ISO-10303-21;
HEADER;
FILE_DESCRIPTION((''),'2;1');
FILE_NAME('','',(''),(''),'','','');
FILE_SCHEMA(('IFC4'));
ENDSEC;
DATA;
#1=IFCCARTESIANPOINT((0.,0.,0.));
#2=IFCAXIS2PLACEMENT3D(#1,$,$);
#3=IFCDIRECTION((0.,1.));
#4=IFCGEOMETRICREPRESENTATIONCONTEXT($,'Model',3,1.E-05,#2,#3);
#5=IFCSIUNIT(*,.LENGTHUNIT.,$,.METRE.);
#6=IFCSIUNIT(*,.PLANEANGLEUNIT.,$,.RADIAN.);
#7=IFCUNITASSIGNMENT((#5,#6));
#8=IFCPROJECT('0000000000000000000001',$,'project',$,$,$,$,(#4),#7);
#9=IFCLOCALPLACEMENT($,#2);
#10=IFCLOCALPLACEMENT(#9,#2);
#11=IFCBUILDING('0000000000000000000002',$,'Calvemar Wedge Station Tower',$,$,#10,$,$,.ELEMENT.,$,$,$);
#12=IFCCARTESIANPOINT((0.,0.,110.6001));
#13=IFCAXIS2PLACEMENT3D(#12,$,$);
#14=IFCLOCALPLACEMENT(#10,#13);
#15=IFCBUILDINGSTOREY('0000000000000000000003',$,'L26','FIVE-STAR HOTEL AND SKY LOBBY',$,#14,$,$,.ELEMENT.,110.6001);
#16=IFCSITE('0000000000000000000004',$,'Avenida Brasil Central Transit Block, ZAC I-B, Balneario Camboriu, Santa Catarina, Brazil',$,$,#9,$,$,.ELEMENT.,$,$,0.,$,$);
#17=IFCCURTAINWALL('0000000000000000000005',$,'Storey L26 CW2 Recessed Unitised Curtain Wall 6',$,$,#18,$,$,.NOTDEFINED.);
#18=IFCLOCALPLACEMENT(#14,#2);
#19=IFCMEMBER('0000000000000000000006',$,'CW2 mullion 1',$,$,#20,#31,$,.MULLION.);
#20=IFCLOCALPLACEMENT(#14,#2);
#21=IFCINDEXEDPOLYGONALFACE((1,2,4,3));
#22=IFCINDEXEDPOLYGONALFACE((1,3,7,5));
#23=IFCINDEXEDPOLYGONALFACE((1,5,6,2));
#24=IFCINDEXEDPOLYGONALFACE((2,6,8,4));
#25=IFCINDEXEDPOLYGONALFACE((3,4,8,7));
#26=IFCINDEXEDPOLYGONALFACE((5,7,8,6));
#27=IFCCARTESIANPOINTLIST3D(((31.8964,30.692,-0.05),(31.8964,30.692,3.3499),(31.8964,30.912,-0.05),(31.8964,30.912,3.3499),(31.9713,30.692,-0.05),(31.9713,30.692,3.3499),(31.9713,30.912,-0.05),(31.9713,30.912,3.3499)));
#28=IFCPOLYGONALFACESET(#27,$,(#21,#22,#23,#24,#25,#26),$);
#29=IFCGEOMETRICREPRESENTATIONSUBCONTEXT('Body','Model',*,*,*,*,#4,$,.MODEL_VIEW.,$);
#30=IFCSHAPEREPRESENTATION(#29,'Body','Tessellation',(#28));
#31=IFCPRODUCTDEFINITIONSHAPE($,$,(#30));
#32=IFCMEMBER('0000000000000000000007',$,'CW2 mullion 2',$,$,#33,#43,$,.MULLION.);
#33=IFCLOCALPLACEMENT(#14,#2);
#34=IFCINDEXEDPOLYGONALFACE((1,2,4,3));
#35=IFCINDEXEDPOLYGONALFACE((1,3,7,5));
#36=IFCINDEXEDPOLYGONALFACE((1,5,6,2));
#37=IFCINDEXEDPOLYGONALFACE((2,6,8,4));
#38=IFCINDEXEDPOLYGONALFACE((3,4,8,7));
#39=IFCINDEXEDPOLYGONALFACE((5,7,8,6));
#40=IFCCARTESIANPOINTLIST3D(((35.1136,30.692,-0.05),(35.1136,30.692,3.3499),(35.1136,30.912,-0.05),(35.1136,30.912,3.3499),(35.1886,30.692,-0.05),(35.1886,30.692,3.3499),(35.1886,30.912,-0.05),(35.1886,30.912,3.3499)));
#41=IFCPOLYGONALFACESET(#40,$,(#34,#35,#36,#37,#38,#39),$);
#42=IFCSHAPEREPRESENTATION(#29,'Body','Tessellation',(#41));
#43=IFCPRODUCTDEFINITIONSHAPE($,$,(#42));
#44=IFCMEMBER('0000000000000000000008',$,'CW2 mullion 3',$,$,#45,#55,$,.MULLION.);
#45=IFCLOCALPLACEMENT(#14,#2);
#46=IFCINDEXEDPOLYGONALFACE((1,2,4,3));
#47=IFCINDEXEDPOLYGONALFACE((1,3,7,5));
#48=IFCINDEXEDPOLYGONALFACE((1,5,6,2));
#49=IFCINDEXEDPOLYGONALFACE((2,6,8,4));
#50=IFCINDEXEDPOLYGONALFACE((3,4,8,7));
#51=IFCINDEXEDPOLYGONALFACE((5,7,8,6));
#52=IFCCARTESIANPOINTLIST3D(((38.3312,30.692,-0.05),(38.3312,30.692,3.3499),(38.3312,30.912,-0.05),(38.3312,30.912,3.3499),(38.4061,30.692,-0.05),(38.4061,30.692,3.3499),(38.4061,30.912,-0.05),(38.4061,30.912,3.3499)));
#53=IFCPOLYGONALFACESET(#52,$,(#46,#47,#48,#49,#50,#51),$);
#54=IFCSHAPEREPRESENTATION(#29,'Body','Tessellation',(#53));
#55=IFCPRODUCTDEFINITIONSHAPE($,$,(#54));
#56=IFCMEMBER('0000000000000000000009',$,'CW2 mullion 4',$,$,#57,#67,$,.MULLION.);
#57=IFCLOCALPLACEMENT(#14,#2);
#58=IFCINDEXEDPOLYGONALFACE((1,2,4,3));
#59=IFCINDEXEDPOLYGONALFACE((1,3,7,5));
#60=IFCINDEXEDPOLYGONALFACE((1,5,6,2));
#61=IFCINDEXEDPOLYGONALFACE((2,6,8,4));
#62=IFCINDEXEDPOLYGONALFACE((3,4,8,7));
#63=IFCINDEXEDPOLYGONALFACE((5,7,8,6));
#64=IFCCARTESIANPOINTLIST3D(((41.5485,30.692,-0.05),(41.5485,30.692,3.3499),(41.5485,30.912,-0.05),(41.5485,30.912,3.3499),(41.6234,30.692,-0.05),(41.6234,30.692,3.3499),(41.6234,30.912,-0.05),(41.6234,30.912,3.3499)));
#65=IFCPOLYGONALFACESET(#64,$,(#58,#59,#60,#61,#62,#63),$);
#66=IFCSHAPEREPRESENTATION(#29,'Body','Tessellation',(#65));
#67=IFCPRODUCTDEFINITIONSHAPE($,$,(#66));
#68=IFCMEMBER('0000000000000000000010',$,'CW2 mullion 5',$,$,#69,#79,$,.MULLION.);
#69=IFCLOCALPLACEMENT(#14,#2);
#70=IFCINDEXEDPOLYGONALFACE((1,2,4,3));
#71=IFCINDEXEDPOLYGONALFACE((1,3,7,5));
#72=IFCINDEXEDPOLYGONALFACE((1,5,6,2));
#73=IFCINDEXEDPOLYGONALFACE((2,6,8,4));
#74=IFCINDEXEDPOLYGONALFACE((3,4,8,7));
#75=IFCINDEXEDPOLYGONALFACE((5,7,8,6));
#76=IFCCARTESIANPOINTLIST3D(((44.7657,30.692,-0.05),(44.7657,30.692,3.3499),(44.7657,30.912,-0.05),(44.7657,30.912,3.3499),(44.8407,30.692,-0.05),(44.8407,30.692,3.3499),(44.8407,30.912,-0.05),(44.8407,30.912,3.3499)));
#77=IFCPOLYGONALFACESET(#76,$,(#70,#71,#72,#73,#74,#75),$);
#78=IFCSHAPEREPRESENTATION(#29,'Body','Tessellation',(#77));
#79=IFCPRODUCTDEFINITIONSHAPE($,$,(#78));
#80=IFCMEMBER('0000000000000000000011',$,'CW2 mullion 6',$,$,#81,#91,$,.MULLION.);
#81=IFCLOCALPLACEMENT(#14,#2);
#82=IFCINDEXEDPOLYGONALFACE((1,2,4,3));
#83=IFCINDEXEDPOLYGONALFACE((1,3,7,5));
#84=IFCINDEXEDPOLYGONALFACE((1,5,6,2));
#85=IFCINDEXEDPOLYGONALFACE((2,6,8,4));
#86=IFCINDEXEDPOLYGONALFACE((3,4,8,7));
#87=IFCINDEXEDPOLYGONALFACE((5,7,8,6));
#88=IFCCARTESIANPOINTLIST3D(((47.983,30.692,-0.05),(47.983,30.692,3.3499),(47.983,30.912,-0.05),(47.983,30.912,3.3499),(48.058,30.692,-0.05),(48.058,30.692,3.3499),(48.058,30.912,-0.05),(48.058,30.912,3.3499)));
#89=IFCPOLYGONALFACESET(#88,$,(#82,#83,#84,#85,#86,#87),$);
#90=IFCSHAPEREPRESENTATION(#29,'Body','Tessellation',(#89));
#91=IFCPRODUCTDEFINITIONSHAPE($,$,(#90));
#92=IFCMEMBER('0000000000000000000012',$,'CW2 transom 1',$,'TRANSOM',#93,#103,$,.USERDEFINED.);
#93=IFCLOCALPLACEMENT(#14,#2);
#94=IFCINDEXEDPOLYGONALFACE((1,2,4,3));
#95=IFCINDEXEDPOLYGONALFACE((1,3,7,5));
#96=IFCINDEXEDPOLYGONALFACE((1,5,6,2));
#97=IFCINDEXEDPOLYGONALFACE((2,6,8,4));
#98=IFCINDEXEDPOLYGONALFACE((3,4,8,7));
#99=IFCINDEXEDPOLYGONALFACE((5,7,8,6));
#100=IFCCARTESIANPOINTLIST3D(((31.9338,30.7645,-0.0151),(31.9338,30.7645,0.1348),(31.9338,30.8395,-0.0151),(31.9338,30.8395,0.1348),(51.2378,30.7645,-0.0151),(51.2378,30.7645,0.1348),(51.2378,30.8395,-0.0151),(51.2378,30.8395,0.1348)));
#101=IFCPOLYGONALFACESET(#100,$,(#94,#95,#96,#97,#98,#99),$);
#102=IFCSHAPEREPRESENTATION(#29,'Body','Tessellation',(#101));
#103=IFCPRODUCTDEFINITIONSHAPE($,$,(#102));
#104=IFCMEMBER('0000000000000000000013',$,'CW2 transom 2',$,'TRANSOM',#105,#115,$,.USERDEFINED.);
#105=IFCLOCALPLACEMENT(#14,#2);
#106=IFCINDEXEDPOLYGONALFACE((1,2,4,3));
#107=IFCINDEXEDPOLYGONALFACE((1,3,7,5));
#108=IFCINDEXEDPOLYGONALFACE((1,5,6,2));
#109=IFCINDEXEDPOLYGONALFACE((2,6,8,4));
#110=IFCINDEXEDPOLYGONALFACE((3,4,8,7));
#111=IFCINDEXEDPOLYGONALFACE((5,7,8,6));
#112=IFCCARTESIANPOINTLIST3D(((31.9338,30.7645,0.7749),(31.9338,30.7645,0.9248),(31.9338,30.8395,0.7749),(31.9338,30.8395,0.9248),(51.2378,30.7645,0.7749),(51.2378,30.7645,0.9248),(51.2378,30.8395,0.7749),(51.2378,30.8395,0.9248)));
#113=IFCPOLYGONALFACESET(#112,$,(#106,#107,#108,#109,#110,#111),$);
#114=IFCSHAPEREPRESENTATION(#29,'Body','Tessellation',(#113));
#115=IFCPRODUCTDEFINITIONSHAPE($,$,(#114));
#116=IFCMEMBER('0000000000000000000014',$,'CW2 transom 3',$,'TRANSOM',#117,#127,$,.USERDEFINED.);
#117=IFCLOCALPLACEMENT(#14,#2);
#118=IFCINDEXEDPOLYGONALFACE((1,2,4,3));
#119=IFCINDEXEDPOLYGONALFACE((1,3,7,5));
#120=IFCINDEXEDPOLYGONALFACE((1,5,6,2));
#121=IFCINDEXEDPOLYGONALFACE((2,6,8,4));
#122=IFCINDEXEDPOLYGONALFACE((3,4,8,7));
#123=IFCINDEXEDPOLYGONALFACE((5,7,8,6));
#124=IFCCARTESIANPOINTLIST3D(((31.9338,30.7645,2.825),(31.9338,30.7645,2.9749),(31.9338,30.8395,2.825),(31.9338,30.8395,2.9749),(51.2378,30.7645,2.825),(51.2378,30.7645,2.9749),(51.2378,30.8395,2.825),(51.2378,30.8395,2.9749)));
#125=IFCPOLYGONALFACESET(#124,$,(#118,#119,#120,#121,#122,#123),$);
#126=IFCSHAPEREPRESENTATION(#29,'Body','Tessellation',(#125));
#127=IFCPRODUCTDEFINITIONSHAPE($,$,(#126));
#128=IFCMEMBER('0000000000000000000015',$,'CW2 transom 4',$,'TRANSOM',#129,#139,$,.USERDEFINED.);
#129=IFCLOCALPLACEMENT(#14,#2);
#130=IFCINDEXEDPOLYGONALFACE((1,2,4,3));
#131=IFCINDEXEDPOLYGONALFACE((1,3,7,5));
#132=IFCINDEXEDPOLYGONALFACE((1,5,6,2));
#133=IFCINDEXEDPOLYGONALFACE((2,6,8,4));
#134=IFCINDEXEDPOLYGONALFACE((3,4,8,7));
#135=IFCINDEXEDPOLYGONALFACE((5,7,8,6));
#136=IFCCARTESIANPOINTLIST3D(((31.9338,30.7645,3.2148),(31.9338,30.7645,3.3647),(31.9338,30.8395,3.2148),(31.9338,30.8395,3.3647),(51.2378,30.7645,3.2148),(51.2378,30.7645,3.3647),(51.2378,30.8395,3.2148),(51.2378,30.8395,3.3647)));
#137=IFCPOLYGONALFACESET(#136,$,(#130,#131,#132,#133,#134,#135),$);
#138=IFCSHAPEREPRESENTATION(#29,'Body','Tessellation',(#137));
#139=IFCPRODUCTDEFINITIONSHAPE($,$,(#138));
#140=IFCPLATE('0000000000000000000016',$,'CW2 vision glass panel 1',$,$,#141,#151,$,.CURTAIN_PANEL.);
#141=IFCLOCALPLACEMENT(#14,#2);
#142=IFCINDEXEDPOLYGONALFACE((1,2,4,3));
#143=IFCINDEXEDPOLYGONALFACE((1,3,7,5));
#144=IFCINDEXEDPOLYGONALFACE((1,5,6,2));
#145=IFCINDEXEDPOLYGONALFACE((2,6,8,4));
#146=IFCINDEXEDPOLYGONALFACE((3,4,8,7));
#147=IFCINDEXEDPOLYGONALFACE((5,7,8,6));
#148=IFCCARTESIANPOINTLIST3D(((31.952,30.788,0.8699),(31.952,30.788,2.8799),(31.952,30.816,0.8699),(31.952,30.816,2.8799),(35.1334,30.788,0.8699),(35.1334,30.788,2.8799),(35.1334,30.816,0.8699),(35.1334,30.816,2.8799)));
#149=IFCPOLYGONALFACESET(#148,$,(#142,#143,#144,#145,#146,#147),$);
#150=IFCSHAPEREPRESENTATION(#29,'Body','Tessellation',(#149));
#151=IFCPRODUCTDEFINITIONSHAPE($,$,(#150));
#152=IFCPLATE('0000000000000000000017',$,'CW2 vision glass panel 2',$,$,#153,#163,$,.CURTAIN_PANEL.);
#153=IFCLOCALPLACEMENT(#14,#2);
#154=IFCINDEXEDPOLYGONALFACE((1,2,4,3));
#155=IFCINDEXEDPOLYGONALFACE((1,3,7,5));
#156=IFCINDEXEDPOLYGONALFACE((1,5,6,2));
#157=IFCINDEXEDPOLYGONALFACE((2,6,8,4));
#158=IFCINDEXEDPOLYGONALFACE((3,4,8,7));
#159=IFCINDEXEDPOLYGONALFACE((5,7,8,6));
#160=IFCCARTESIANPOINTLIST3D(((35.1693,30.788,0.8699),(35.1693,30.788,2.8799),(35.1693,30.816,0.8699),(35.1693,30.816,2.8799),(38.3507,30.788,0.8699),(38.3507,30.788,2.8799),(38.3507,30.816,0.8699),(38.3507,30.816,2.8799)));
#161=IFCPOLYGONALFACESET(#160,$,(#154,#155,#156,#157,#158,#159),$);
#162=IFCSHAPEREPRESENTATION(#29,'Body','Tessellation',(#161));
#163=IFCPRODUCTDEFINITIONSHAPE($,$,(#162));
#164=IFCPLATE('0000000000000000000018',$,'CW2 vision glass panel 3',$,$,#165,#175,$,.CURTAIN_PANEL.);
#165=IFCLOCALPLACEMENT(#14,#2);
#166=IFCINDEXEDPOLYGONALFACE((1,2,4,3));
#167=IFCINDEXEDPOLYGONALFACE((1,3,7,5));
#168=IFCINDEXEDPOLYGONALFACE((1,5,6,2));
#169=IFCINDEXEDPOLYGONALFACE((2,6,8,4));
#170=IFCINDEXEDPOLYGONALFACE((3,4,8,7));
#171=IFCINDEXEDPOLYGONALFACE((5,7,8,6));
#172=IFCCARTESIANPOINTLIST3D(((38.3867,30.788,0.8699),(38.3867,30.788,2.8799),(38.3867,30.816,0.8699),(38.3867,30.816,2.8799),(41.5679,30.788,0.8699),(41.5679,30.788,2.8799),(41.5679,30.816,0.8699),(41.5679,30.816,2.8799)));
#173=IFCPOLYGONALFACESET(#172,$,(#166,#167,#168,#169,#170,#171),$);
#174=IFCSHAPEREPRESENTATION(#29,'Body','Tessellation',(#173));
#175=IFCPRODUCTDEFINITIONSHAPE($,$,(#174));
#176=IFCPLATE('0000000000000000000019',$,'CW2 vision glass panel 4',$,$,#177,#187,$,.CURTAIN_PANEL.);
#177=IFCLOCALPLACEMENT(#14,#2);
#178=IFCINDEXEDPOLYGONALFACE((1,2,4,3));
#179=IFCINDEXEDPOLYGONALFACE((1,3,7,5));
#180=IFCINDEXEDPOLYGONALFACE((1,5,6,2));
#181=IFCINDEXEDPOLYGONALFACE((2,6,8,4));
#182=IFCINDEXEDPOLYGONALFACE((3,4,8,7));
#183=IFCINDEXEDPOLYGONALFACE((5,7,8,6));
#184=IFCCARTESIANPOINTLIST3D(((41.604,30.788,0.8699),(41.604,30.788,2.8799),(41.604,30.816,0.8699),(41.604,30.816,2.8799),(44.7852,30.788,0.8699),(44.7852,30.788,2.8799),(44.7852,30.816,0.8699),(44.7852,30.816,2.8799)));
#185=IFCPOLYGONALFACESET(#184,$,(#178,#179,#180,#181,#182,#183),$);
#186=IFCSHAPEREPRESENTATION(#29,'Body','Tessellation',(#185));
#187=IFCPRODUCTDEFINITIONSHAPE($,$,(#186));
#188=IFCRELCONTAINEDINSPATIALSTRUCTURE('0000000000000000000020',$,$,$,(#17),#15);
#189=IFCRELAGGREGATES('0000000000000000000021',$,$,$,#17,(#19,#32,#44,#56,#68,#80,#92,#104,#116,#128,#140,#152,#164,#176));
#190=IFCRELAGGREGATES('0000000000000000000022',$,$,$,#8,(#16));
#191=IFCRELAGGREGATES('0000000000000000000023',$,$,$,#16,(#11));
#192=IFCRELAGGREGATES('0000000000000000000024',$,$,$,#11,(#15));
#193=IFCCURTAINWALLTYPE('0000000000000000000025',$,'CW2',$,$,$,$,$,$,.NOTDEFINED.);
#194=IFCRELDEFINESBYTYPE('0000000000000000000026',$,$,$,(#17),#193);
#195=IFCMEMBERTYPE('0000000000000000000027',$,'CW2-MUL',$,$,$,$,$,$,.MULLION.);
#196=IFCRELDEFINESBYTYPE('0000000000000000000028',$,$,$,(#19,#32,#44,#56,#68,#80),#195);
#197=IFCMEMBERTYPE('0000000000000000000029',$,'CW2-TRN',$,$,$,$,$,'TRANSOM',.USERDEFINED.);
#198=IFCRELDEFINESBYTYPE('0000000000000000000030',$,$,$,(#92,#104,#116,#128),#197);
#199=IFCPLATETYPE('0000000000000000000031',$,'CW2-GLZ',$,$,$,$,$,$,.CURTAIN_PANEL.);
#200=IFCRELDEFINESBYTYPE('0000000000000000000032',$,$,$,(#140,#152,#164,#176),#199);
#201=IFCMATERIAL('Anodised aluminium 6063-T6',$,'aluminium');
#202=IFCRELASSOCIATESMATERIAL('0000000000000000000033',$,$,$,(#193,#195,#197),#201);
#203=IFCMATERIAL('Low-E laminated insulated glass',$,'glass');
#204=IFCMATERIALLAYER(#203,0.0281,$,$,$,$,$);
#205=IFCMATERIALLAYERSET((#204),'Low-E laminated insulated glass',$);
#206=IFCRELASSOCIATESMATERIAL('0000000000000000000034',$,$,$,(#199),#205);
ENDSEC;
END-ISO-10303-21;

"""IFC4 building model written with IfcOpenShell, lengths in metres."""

from ifc_helpers import new_model, si_unit, direction, frame, frame_2d, origin, origin_2d, place, context, subcontext, project, spatial, rectangle, extrude, source, transform, mapped, material, layer, layer_set, material_profile, profile_set, type_object, element, aggregate, save


model = new_model("IFC4")

# Units and contexts
model_context = context("Model", 3, precision=1e-05, world=origin(), true_north=direction((0.0, 1.0)))
body_context = subcontext(model_context, "Body", "Model", "MODEL_VIEW")
ifc_project = project(units=[si_unit("LENGTHUNIT", "METRE"), si_unit("PLANEANGLEUNIT", "RADIAN")], contexts=[model_context])

# Site, building, storey
site_placement = place(None, origin())
site = spatial("IfcSite", under=ifc_project, at=site_placement, Name="Avenida Brasil Central Transit Block, ZAC I-B, Balneario Camboriu, Santa Catarina, Brazil", CompositionType="ELEMENT", RefElevation=0.0)
building_placement = place(site_placement, origin())
building = spatial("IfcBuilding", under=site, at=building_placement, Name="Calvemar Wedge Station Tower", CompositionType="ELEMENT")
storey_placement = place(building_placement, frame((0.0, 0.0, 110.6001)))
storey = spatial("IfcBuildingStorey", under=building, at=storey_placement, Name="L26", Description="FIVE-STAR HOTEL AND SKY LOBBY", CompositionType="ELEMENT", Elevation=110.6001)

# Curtain wall, members, plates
ifc_material_1 = material(Name="Anodised aluminium 6063-T6", Category="aluminium")
curtain_wall_type = type_object("IfcCurtainWallType", Name="CW2", PredefinedType="NOTDEFINED", material=ifc_material_1)
curtain_wall_placement = place(storey_placement, origin())
curtain_wall = element("IfcCurtainWall", 1, at=curtain_wall_placement, inside=storey, type_object=curtain_wall_type, Name="Storey L26 CW2 Recessed Unitised Curtain Wall 6", PredefinedType="NOTDEFINED")
ifc_material_profile_1 = material_profile(ifc_material_1, rectangle(XDim=0.075, YDim=0.22, at=origin_2d()), Name="AL-MUL-75x220")
ifc_profile_set_1 = profile_set([ifc_material_profile_1], Name="Anodised aluminium 6063-T6")
member_type_1 = type_object("IfcMemberType", Name="CW2-MUL", PredefinedType="MULLION", material=ifc_profile_set_1)
shared_shape_1 = source(origin(), body_context, "Body", "SweptSolid", [
    extrude(rectangle(XDim=0.075, YDim=0.22, at=origin_2d()), origin(), (0.0, 0.0, 1.0), 3.3999),
])
member_1_placement = place(storey_placement, frame((31.9338, 30.802, -0.05), z_axis=(0.0, 0.0, 1.0), x_axis=(1.0, 0.0, 0.0)))
member_1 = element("IfcMember", 2, at=member_1_placement, type_object=member_type_1, Name="CW2 mullion 1", PredefinedType="MULLION", context=body_context, shape_type="MappedRepresentation", body=[
    mapped(shared_shape_1, transform((0.0, 0.0, 0.0), scale=1.0)),
])
member_2_placement = place(storey_placement, frame((35.1511, 30.802, -0.05), z_axis=(0.0, 0.0, 1.0), x_axis=(1.0, 0.0, 0.0)))
member_2 = element("IfcMember", 3, at=member_2_placement, type_object=member_type_1, Name="CW2 mullion 2", PredefinedType="MULLION", context=body_context, shape_type="MappedRepresentation", body=[
    mapped(shared_shape_1, transform((0.0, 0.0, 0.0), scale=1.0)),
])
member_3_placement = place(storey_placement, frame((38.3687, 30.802, -0.05), z_axis=(0.0, 0.0, 1.0), x_axis=(1.0, 0.0, 0.0)))
member_3 = element("IfcMember", 4, at=member_3_placement, type_object=member_type_1, Name="CW2 mullion 3", PredefinedType="MULLION", context=body_context, shape_type="MappedRepresentation", body=[
    mapped(shared_shape_1, transform((0.0, 0.0, 0.0), scale=1.0)),
])
member_4_placement = place(storey_placement, frame((41.5859, 30.802, -0.05), z_axis=(0.0, 0.0, 1.0), x_axis=(1.0, 0.0, 0.0)))
member_4 = element("IfcMember", 5, at=member_4_placement, type_object=member_type_1, Name="CW2 mullion 4", PredefinedType="MULLION", context=body_context, shape_type="MappedRepresentation", body=[
    mapped(shared_shape_1, transform((0.0, 0.0, 0.0), scale=1.0)),
])
member_5_placement = place(storey_placement, frame((44.8032, 30.802, -0.05), z_axis=(0.0, 0.0, 1.0), x_axis=(1.0, 0.0, 0.0)))
member_5 = element("IfcMember", 6, at=member_5_placement, type_object=member_type_1, Name="CW2 mullion 5", PredefinedType="MULLION", context=body_context, shape_type="MappedRepresentation", body=[
    mapped(shared_shape_1, transform((0.0, 0.0, 0.0), scale=1.0)),
])
member_6_placement = place(storey_placement, frame((48.0205, 30.802, -0.05), z_axis=(0.0, 0.0, 1.0), x_axis=(1.0, 0.0, 0.0)))
member_6 = element("IfcMember", 7, at=member_6_placement, type_object=member_type_1, Name="CW2 mullion 6", PredefinedType="MULLION", context=body_context, shape_type="MappedRepresentation", body=[
    mapped(shared_shape_1, transform((0.0, 0.0, 0.0), scale=1.0)),
])
ifc_material_profile_2 = material_profile(ifc_material_1, rectangle(XDim=0.075, YDim=0.1499, at=origin_2d()), Name="AL-TRN-75x150")
ifc_profile_set_2 = profile_set([ifc_material_profile_2], Name="Anodised aluminium 6063-T6")
member_type_2 = type_object("IfcMemberType", Name="CW2-TRN", ElementType="TRANSOM", PredefinedType="USERDEFINED", material=ifc_profile_set_2)
shared_shape_2 = source(origin(), body_context, "Body", "SweptSolid", [
    extrude(rectangle(XDim=0.075, YDim=0.1499, at=origin_2d()), origin(), (0.0, 0.0, 1.0), 19.304),
])
member_7_placement = place(storey_placement, frame((31.9338, 30.802, 0.0598), z_axis=(1.0, 0.0, 0.0), x_axis=(0.0, 1.0, 0.0)))
member_7 = element("IfcMember", 8, at=member_7_placement, type_object=member_type_2, Name="CW2 transom 1", ObjectType="TRANSOM", PredefinedType="USERDEFINED", context=body_context, shape_type="MappedRepresentation", body=[
    mapped(shared_shape_2, transform((0.0, 0.0, 0.0), scale=1.0)),
])
member_8_placement = place(storey_placement, frame((31.9338, 30.802, 0.8499), z_axis=(1.0, 0.0, 0.0), x_axis=(0.0, 1.0, 0.0)))
member_8 = element("IfcMember", 9, at=member_8_placement, type_object=member_type_2, Name="CW2 transom 2", ObjectType="TRANSOM", PredefinedType="USERDEFINED", context=body_context, shape_type="MappedRepresentation", body=[
    mapped(shared_shape_2, transform((0.0, 0.0, 0.0), scale=1.0)),
])
member_9_placement = place(storey_placement, frame((31.9338, 30.802, 2.8999), z_axis=(1.0, 0.0, 0.0), x_axis=(0.0, 1.0, 0.0)))
member_9 = element("IfcMember", 10, at=member_9_placement, type_object=member_type_2, Name="CW2 transom 3", ObjectType="TRANSOM", PredefinedType="USERDEFINED", context=body_context, shape_type="MappedRepresentation", body=[
    mapped(shared_shape_2, transform((0.0, 0.0, 0.0), scale=1.0)),
])
member_10_placement = place(storey_placement, frame((31.9338, 30.802, 3.2898), z_axis=(1.0, 0.0, 0.0), x_axis=(0.0, 1.0, 0.0)))
member_10 = element("IfcMember", 11, at=member_10_placement, type_object=member_type_2, Name="CW2 transom 4", ObjectType="TRANSOM", PredefinedType="USERDEFINED", context=body_context, shape_type="MappedRepresentation", body=[
    mapped(shared_shape_2, transform((0.0, 0.0, 0.0), scale=1.0)),
])
ifc_material_2 = material(Name="Low-E laminated insulated glass", Category="glass")
ifc_layer_1 = layer(ifc_material_2, 0.0281)
ifc_layer_set_1 = layer_set([ifc_layer_1], Name="Low-E laminated insulated glass")
plate_type_1 = type_object("IfcPlateType", Name="CW2-GLZ", PredefinedType="CURTAIN_PANEL", material=ifc_layer_set_1)
plate_1_placement = place(storey_placement, frame((31.9519, 30.802, 0.8699), z_axis=(0.0, 0.0, 1.0), x_axis=(1.0, 0.0, 0.0)))
plate_1 = element("IfcPlate", 12, at=plate_1_placement, type_object=plate_type_1, Name="CW2 vision glass panel 1", PredefinedType="CURTAIN_PANEL", context=body_context, shape_type="SweptSolid", body=[
    extrude(rectangle(XDim=3.1814, YDim=0.0281, at=frame_2d((1.5908, 0.0))), origin(), (0.0, 0.0, 1.0), 2.01),
])
plate_2_placement = place(storey_placement, frame((35.1692, 30.802, 0.8699), z_axis=(0.0, 0.0, 1.0), x_axis=(1.0, 0.0, 0.0)))
plate_2 = element("IfcPlate", 13, at=plate_2_placement, type_object=plate_type_1, Name="CW2 vision glass panel 2", PredefinedType="CURTAIN_PANEL", context=body_context, shape_type="SweptSolid", body=[
    extrude(rectangle(XDim=3.1814, YDim=0.0281, at=frame_2d((1.5908, 0.0))), origin(), (0.0, 0.0, 1.0), 2.01),
])
plate_3_placement = place(storey_placement, frame((38.3867, 30.802, 0.8699), z_axis=(0.0, 0.0, 1.0), x_axis=(1.0, 0.0, 0.0)))
plate_3 = element("IfcPlate", 14, at=plate_3_placement, type_object=plate_type_1, Name="CW2 vision glass panel 3", PredefinedType="CURTAIN_PANEL", context=body_context, shape_type="SweptSolid", body=[
    extrude(rectangle(XDim=3.1812, YDim=0.0281, at=frame_2d((1.5906, 0.0))), origin(), (0.0, 0.0, 1.0), 2.01),
])
plate_4_placement = place(storey_placement, frame((41.604, 30.802, 0.8699), z_axis=(0.0, 0.0, 1.0), x_axis=(1.0, 0.0, 0.0)))
plate_4 = element("IfcPlate", 15, at=plate_4_placement, type_object=plate_type_1, Name="CW2 vision glass panel 4", PredefinedType="CURTAIN_PANEL", context=body_context, shape_type="SweptSolid", body=[
    extrude(rectangle(XDim=3.1812, YDim=0.0281, at=frame_2d((1.5906, 0.0))), origin(), (0.0, 0.0, 1.0), 2.01),
])
aggregate(curtain_wall, [member_1, member_2, member_3, member_4, member_5, member_6, member_7, member_8, member_9, member_10, plate_1, plate_2, plate_3, plate_4])

save(model, "model.ifc")
